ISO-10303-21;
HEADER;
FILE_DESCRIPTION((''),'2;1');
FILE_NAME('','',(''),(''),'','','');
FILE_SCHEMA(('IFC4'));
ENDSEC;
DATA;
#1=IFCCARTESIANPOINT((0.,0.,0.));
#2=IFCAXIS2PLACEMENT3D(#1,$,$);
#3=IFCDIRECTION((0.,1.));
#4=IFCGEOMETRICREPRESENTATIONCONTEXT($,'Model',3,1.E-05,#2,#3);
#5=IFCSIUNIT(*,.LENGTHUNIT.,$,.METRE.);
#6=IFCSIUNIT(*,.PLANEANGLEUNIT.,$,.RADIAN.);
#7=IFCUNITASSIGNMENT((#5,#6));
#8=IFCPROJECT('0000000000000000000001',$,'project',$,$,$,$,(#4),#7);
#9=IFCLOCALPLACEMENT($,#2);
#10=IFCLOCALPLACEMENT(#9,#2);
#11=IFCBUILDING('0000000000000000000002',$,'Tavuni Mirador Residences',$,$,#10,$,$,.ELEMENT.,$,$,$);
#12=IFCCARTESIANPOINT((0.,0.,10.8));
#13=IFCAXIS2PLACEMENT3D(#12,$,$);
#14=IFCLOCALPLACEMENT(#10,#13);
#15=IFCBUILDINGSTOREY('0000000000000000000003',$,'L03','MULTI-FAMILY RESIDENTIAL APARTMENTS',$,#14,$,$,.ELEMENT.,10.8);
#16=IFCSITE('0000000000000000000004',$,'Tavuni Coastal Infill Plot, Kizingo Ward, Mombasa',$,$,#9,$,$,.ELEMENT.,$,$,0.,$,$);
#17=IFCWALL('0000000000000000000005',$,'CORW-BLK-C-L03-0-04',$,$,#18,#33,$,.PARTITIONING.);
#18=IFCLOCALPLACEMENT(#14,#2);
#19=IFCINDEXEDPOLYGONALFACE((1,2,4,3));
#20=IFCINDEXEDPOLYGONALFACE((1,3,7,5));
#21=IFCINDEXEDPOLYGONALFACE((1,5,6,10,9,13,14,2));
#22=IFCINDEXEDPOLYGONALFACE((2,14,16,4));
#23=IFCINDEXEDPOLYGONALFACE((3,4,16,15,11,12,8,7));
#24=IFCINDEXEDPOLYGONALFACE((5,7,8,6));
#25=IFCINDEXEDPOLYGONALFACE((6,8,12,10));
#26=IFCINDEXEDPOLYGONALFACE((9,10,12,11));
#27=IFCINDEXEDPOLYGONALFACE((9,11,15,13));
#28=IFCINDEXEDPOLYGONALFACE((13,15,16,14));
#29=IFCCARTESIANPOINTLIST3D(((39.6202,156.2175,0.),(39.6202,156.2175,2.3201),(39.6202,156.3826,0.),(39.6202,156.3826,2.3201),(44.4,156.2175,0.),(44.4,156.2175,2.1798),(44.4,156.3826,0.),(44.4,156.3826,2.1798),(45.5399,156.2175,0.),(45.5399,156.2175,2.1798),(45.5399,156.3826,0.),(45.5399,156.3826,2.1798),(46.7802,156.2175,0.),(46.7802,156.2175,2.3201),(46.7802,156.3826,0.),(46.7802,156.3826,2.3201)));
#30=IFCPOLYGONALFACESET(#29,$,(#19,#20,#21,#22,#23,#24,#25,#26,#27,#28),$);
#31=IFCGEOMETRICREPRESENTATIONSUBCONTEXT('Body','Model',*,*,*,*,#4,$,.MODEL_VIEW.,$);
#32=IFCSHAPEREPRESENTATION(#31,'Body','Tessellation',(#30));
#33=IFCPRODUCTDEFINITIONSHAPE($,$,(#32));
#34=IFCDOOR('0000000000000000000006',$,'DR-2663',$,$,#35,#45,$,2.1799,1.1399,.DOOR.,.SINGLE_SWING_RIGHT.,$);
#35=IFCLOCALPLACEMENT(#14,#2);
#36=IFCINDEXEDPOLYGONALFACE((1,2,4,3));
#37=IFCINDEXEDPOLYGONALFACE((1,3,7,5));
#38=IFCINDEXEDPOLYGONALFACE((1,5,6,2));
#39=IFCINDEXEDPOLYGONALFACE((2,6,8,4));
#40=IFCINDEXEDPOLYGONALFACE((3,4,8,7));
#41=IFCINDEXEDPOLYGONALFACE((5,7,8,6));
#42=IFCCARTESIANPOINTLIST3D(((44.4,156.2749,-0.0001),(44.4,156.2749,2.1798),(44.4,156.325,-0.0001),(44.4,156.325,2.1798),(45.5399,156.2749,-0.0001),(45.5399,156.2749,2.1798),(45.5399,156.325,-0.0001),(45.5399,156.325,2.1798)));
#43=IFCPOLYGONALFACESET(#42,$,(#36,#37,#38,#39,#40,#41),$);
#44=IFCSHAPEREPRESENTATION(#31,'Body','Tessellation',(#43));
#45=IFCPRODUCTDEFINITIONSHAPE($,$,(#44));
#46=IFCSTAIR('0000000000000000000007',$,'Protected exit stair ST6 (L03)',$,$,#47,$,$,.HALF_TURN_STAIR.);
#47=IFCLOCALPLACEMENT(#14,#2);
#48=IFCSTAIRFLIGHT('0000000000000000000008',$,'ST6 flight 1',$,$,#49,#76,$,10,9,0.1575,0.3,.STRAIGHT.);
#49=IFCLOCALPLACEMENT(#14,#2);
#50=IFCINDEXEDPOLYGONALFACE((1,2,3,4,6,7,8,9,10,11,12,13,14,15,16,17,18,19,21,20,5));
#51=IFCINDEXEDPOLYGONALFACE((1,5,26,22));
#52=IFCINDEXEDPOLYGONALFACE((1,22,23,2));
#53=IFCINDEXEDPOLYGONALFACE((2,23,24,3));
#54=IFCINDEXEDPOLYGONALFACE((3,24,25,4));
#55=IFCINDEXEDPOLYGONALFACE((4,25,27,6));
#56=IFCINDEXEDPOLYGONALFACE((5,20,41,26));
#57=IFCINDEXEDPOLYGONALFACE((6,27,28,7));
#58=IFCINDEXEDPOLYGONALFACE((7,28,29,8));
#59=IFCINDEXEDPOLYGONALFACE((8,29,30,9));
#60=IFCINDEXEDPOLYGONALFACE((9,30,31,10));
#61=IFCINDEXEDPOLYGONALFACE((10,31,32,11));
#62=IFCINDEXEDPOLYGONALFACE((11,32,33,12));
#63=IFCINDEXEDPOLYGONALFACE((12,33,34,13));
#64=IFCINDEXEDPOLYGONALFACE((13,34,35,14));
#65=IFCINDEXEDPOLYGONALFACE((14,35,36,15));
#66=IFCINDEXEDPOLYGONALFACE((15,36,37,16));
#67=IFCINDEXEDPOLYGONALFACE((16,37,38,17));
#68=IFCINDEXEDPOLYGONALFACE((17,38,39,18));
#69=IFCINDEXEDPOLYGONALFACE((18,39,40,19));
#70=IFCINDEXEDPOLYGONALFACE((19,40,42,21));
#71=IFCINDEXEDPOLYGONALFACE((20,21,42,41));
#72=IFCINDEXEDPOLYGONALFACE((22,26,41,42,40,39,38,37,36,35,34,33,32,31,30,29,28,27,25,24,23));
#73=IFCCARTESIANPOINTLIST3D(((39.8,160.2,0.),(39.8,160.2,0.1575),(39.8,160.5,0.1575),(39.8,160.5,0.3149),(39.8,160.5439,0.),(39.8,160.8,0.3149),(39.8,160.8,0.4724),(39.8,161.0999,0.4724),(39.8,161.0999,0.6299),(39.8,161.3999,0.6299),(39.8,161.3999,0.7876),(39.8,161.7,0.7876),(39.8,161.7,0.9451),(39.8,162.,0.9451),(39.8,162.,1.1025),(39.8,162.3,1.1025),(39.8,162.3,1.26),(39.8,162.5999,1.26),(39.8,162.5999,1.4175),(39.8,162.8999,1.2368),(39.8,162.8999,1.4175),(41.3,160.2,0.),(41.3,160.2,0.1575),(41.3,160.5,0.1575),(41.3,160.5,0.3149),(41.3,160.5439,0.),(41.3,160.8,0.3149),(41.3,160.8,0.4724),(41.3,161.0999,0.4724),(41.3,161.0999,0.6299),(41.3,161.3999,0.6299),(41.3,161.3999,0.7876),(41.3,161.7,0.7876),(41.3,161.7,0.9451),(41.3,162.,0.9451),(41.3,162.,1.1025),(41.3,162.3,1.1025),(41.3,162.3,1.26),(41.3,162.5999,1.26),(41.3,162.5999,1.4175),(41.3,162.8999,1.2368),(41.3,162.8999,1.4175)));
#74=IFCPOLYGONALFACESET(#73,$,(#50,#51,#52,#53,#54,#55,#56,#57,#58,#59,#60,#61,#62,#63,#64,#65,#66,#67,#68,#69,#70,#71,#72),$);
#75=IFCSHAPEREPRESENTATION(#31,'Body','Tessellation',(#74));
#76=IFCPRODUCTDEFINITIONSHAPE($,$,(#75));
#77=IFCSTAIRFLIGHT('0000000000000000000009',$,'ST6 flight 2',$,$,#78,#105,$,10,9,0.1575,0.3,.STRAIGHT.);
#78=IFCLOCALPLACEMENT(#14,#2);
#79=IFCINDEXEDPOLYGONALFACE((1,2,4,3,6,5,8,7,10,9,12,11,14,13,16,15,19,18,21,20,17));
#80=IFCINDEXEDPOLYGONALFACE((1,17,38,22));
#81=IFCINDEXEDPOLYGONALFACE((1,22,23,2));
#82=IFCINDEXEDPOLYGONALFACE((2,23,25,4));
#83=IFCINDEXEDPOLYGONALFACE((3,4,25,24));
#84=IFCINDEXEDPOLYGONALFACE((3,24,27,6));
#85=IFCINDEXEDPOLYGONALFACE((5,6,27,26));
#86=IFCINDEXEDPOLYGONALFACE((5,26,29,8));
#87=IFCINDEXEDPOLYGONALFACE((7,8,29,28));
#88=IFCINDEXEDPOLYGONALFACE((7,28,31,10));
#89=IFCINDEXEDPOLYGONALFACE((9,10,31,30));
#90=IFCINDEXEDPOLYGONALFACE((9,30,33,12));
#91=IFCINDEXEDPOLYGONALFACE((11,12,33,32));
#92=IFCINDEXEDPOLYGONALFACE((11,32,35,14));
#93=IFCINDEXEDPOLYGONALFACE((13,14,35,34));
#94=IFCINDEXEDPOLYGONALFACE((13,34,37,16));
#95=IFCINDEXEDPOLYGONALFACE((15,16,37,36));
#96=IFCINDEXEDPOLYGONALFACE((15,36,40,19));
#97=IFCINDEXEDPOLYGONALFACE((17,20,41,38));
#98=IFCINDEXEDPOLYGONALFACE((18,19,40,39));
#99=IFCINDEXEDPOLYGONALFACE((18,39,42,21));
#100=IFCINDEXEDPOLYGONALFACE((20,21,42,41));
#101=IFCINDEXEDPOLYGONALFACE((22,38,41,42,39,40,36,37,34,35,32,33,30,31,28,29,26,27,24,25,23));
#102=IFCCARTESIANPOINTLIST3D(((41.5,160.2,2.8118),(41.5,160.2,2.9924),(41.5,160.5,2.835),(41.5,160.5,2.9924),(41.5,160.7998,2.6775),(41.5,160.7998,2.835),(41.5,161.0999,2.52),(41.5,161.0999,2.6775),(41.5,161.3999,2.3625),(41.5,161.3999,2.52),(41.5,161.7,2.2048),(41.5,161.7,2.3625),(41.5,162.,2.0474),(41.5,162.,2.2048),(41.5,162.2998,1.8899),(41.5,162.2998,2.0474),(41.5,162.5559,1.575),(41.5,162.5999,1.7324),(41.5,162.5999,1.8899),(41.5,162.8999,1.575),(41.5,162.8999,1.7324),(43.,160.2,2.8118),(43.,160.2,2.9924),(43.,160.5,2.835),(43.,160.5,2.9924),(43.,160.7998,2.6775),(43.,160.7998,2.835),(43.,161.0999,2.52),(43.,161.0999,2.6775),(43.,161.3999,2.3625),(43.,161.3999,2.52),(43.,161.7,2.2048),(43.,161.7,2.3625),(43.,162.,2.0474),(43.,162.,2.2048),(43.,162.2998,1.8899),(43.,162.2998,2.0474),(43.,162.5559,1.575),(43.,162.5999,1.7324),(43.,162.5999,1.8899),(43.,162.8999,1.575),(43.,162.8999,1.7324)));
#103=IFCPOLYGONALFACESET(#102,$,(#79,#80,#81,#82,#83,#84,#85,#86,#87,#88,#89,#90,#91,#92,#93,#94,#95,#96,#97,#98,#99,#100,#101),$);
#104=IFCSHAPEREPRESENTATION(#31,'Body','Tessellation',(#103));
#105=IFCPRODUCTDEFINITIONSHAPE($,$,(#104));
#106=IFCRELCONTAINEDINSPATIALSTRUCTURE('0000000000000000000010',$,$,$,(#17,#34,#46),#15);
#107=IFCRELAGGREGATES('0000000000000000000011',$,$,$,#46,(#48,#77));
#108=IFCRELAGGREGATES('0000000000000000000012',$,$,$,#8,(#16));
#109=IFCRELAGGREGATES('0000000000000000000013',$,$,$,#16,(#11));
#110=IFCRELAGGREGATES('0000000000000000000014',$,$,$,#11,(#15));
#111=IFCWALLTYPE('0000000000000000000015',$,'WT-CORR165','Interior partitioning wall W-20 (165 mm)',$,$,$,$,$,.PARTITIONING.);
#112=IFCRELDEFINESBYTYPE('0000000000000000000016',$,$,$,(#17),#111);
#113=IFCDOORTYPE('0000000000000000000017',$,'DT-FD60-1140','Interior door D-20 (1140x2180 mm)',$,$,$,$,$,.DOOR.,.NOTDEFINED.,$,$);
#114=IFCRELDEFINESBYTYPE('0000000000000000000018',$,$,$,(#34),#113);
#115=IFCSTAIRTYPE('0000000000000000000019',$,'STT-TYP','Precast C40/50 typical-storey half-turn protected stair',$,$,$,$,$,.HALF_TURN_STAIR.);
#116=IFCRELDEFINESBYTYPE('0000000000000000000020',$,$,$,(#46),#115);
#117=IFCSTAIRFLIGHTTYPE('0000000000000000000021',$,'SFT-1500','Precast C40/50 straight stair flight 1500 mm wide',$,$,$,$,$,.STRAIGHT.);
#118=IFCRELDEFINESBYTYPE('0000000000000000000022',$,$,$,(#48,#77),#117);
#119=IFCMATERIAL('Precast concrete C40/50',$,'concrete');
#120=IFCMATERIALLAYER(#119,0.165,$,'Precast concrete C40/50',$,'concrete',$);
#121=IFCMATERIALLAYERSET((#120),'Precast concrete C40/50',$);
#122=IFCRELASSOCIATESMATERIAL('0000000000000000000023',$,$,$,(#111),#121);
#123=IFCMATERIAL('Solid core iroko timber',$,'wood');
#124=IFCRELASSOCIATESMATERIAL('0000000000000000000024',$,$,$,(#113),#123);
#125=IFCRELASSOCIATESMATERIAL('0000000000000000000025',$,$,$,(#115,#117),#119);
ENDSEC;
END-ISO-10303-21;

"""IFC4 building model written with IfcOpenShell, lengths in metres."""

from ifc_helpers import new_model, si_unit, direction, frame, frame_2d, origin, place, context, subcontext, project, spatial, polyline, rectangle, outline, extrude, material, layer, layer_set, type_object, element, fill, aggregate, save


model = new_model("IFC4")

# Units and contexts
model_context = context("Model", 3, precision=1e-05, world=origin(), true_north=direction((0.0, 1.0)))
body_context = subcontext(model_context, "Body", "Model", "MODEL_VIEW")
ifc_project = project(units=[si_unit("LENGTHUNIT", "METRE"), si_unit("PLANEANGLEUNIT", "RADIAN")], contexts=[model_context])

# Site, building, storey
site_placement = place(None, origin())
site = spatial("IfcSite", under=ifc_project, at=site_placement, Name="Tavuni Coastal Infill Plot, Kizingo Ward, Mombasa", CompositionType="ELEMENT", RefElevation=0.0)
building_placement = place(site_placement, origin())
building = spatial("IfcBuilding", under=site, at=building_placement, Name="Tavuni Mirador Residences", CompositionType="ELEMENT")
storey_placement = place(building_placement, frame((0.0, 0.0, 10.8)))
storey = spatial("IfcBuildingStorey", under=building, at=storey_placement, Name="L03", Description="MULTI-FAMILY RESIDENTIAL APARTMENTS", CompositionType="ELEMENT", Elevation=10.8)

# Shared definitions
ifc_material_1 = material(Name="Precast concrete C40/50", Category="concrete")

# Shared definitions
ifc_material_2 = material(Name="Solid core iroko timber", Category="wood")

# Wall, opening, door
ifc_layer_1 = layer(ifc_material_1, 0.165, Name="Precast concrete C40/50", Category="concrete")
ifc_layer_set_1 = layer_set([ifc_layer_1], Name="Precast concrete C40/50")
wall_type_1 = type_object("IfcWallType", Name="WT-CORR165", Description="Interior partitioning wall W-20 (165 mm)", PredefinedType="PARTITIONING", material=ifc_layer_set_1)
wall_1_placement = place(storey_placement, frame((39.6201, 156.3, 0.0), z_axis=(0.0, 0.0, 1.0), x_axis=(1.0, 0.0, 0.0)))
wall_1 = element("IfcWall", 1, at=wall_1_placement, inside=storey, type_object=wall_type_1, Name="CORW-BLK-C-L03-0-04", PredefinedType="PARTITIONING", context=body_context, shape_type="SweptSolid", body=[
    extrude(rectangle(XDim=7.1599, YDim=0.165, at=frame_2d((3.5801, 0.0))), origin(), (0.0, 0.0, 1.0), 2.3201),
])
opening_1_placement = place(wall_1_placement, frame((4.78, 0.0, 0.0)))
opening_1 = element("IfcOpeningElement", 2, at=opening_1_placement, cuts=wall_1, PredefinedType="OPENING", context=body_context, shape_type="SweptSolid", body=[
    extrude(rectangle(XDim=1.1399, YDim=2.1799, at=frame_2d((0.5698, 1.0898))), frame((0.0, 0.0925, 0.0), z_axis=(0.0, -1.0, 0.0), x_axis=(1.0, 0.0, 0.0)), (0.0, 0.0, 1.0), 0.1851),
])
door_type_1 = type_object("IfcDoorType", Name="DT-FD60-1140", Description="Interior door D-20 (1140x2180 mm)", OperationType="NOTDEFINED", PredefinedType="DOOR", material=ifc_material_2)
door_1_placement = place(opening_1_placement, origin())
door_1 = element("IfcDoor", 3, at=door_1_placement, inside=storey, type_object=door_type_1, Name="DR-2663", OperationType="SINGLE_SWING_RIGHT", OverallHeight=2.1799, OverallWidth=1.1399, PredefinedType="DOOR", context=body_context, shape_type="SweptSolid", body=[
    extrude(rectangle(XDim=1.1399, YDim=2.1799, at=frame_2d((0.5698, 1.0898))), frame((0.0, 0.0249, 0.0), z_axis=(0.0, -1.0, 0.0), x_axis=(1.0, 0.0, 0.0)), (0.0, 0.0, 1.0), 0.05),
])
fill(opening_1, door_1)

# Stair, stair flights
stair_type = type_object("IfcStairType", Name="STT-TYP", Description="Precast C40/50 typical-storey half-turn protected stair", PredefinedType="HALF_TURN_STAIR", material=ifc_material_1)
stair_placement = place(storey_placement, origin())
stair = element("IfcStair", 4, at=stair_placement, inside=storey, type_object=stair_type, Name="Protected exit stair ST6 (L03)", PredefinedType="HALF_TURN_STAIR")
stair_flight_type = type_object("IfcStairFlightType", Name="SFT-1500", Description="Precast C40/50 straight stair flight 1500 mm wide", PredefinedType="STRAIGHT", material=ifc_material_1)
stair_flight_1_placement = place(storey_placement, frame((40.55, 160.2, 0.0), z_axis=(0.0, 0.0, 1.0), x_axis=(0.0, 1.0, 0.0)))
stair_flight_1 = element("IfcStairFlight", 5, at=stair_flight_1_placement, type_object=stair_flight_type, Name="ST6 flight 1", NumberOfRisers=10, NumberOfTreads=9, PredefinedType="STRAIGHT", RiserHeight=0.1575, TreadLength=0.3, context=body_context, shape_type="SweptSolid", body=[
    extrude(outline(polyline([(0.0, 0.0), (0.0, 0.1575), (0.3, 0.1575), (0.3, 0.3149), (0.6001, 0.3149), (0.6001, 0.4724), (0.8999, 0.4724), (0.8999, 0.6299), (1.2, 0.6299), (1.2, 0.7876), (1.5, 0.7876), (1.5, 0.9451), (1.8, 0.9451), (1.8, 1.1025), (2.1001, 1.1025), (2.1001, 1.26), (2.3999, 1.26), (2.3999, 1.4175), (2.7, 1.4175), (2.7, 1.575), (2.7, 1.2368), (0.344, 0.0), (0.0, 0.0)])), frame((0.0, 0.75, 0.0), z_axis=(0.0, -1.0, 0.0), x_axis=(1.0, 0.0, 0.0)), (0.0, 0.0, 1.0), 1.5),
])
stair_flight_2_placement = place(storey_placement, frame((42.25, 162.8999, 1.575), z_axis=(0.0, 0.0, 1.0), x_axis=(0.0, -1.0, 0.0)))
stair_flight_2 = element("IfcStairFlight", 6, at=stair_flight_2_placement, type_object=stair_flight_type, Name="ST6 flight 2", NumberOfRisers=10, NumberOfTreads=9, PredefinedType="STRAIGHT", RiserHeight=0.1575, TreadLength=0.3, context=body_context, shape_type="SweptSolid", body=[
    extrude(outline(polyline([(0.0, 0.0), (0.0, 0.1575), (0.3, 0.1575), (0.3, 0.3149), (0.6001, 0.3149), (0.6001, 0.4724), (0.8999, 0.4724), (0.8999, 0.6299), (1.2, 0.6299), (1.2, 0.7876), (1.5, 0.7876), (1.5, 0.9451), (1.8, 0.9451), (1.8, 1.1025), (2.1001, 1.1025), (2.1001, 1.26), (2.3999, 1.26), (2.3999, 1.4175), (2.7, 1.4175), (2.7, 1.575), (2.7, 1.2368), (0.344, 0.0), (0.0, 0.0)])), frame((0.0, 0.75, 0.0), z_axis=(0.0, -1.0, 0.0), x_axis=(1.0, 0.0, 0.0)), (0.0, 0.0, 1.0), 1.5),
])
aggregate(stair, [stair_flight_1, stair_flight_2])

save(model, "model.ifc")
